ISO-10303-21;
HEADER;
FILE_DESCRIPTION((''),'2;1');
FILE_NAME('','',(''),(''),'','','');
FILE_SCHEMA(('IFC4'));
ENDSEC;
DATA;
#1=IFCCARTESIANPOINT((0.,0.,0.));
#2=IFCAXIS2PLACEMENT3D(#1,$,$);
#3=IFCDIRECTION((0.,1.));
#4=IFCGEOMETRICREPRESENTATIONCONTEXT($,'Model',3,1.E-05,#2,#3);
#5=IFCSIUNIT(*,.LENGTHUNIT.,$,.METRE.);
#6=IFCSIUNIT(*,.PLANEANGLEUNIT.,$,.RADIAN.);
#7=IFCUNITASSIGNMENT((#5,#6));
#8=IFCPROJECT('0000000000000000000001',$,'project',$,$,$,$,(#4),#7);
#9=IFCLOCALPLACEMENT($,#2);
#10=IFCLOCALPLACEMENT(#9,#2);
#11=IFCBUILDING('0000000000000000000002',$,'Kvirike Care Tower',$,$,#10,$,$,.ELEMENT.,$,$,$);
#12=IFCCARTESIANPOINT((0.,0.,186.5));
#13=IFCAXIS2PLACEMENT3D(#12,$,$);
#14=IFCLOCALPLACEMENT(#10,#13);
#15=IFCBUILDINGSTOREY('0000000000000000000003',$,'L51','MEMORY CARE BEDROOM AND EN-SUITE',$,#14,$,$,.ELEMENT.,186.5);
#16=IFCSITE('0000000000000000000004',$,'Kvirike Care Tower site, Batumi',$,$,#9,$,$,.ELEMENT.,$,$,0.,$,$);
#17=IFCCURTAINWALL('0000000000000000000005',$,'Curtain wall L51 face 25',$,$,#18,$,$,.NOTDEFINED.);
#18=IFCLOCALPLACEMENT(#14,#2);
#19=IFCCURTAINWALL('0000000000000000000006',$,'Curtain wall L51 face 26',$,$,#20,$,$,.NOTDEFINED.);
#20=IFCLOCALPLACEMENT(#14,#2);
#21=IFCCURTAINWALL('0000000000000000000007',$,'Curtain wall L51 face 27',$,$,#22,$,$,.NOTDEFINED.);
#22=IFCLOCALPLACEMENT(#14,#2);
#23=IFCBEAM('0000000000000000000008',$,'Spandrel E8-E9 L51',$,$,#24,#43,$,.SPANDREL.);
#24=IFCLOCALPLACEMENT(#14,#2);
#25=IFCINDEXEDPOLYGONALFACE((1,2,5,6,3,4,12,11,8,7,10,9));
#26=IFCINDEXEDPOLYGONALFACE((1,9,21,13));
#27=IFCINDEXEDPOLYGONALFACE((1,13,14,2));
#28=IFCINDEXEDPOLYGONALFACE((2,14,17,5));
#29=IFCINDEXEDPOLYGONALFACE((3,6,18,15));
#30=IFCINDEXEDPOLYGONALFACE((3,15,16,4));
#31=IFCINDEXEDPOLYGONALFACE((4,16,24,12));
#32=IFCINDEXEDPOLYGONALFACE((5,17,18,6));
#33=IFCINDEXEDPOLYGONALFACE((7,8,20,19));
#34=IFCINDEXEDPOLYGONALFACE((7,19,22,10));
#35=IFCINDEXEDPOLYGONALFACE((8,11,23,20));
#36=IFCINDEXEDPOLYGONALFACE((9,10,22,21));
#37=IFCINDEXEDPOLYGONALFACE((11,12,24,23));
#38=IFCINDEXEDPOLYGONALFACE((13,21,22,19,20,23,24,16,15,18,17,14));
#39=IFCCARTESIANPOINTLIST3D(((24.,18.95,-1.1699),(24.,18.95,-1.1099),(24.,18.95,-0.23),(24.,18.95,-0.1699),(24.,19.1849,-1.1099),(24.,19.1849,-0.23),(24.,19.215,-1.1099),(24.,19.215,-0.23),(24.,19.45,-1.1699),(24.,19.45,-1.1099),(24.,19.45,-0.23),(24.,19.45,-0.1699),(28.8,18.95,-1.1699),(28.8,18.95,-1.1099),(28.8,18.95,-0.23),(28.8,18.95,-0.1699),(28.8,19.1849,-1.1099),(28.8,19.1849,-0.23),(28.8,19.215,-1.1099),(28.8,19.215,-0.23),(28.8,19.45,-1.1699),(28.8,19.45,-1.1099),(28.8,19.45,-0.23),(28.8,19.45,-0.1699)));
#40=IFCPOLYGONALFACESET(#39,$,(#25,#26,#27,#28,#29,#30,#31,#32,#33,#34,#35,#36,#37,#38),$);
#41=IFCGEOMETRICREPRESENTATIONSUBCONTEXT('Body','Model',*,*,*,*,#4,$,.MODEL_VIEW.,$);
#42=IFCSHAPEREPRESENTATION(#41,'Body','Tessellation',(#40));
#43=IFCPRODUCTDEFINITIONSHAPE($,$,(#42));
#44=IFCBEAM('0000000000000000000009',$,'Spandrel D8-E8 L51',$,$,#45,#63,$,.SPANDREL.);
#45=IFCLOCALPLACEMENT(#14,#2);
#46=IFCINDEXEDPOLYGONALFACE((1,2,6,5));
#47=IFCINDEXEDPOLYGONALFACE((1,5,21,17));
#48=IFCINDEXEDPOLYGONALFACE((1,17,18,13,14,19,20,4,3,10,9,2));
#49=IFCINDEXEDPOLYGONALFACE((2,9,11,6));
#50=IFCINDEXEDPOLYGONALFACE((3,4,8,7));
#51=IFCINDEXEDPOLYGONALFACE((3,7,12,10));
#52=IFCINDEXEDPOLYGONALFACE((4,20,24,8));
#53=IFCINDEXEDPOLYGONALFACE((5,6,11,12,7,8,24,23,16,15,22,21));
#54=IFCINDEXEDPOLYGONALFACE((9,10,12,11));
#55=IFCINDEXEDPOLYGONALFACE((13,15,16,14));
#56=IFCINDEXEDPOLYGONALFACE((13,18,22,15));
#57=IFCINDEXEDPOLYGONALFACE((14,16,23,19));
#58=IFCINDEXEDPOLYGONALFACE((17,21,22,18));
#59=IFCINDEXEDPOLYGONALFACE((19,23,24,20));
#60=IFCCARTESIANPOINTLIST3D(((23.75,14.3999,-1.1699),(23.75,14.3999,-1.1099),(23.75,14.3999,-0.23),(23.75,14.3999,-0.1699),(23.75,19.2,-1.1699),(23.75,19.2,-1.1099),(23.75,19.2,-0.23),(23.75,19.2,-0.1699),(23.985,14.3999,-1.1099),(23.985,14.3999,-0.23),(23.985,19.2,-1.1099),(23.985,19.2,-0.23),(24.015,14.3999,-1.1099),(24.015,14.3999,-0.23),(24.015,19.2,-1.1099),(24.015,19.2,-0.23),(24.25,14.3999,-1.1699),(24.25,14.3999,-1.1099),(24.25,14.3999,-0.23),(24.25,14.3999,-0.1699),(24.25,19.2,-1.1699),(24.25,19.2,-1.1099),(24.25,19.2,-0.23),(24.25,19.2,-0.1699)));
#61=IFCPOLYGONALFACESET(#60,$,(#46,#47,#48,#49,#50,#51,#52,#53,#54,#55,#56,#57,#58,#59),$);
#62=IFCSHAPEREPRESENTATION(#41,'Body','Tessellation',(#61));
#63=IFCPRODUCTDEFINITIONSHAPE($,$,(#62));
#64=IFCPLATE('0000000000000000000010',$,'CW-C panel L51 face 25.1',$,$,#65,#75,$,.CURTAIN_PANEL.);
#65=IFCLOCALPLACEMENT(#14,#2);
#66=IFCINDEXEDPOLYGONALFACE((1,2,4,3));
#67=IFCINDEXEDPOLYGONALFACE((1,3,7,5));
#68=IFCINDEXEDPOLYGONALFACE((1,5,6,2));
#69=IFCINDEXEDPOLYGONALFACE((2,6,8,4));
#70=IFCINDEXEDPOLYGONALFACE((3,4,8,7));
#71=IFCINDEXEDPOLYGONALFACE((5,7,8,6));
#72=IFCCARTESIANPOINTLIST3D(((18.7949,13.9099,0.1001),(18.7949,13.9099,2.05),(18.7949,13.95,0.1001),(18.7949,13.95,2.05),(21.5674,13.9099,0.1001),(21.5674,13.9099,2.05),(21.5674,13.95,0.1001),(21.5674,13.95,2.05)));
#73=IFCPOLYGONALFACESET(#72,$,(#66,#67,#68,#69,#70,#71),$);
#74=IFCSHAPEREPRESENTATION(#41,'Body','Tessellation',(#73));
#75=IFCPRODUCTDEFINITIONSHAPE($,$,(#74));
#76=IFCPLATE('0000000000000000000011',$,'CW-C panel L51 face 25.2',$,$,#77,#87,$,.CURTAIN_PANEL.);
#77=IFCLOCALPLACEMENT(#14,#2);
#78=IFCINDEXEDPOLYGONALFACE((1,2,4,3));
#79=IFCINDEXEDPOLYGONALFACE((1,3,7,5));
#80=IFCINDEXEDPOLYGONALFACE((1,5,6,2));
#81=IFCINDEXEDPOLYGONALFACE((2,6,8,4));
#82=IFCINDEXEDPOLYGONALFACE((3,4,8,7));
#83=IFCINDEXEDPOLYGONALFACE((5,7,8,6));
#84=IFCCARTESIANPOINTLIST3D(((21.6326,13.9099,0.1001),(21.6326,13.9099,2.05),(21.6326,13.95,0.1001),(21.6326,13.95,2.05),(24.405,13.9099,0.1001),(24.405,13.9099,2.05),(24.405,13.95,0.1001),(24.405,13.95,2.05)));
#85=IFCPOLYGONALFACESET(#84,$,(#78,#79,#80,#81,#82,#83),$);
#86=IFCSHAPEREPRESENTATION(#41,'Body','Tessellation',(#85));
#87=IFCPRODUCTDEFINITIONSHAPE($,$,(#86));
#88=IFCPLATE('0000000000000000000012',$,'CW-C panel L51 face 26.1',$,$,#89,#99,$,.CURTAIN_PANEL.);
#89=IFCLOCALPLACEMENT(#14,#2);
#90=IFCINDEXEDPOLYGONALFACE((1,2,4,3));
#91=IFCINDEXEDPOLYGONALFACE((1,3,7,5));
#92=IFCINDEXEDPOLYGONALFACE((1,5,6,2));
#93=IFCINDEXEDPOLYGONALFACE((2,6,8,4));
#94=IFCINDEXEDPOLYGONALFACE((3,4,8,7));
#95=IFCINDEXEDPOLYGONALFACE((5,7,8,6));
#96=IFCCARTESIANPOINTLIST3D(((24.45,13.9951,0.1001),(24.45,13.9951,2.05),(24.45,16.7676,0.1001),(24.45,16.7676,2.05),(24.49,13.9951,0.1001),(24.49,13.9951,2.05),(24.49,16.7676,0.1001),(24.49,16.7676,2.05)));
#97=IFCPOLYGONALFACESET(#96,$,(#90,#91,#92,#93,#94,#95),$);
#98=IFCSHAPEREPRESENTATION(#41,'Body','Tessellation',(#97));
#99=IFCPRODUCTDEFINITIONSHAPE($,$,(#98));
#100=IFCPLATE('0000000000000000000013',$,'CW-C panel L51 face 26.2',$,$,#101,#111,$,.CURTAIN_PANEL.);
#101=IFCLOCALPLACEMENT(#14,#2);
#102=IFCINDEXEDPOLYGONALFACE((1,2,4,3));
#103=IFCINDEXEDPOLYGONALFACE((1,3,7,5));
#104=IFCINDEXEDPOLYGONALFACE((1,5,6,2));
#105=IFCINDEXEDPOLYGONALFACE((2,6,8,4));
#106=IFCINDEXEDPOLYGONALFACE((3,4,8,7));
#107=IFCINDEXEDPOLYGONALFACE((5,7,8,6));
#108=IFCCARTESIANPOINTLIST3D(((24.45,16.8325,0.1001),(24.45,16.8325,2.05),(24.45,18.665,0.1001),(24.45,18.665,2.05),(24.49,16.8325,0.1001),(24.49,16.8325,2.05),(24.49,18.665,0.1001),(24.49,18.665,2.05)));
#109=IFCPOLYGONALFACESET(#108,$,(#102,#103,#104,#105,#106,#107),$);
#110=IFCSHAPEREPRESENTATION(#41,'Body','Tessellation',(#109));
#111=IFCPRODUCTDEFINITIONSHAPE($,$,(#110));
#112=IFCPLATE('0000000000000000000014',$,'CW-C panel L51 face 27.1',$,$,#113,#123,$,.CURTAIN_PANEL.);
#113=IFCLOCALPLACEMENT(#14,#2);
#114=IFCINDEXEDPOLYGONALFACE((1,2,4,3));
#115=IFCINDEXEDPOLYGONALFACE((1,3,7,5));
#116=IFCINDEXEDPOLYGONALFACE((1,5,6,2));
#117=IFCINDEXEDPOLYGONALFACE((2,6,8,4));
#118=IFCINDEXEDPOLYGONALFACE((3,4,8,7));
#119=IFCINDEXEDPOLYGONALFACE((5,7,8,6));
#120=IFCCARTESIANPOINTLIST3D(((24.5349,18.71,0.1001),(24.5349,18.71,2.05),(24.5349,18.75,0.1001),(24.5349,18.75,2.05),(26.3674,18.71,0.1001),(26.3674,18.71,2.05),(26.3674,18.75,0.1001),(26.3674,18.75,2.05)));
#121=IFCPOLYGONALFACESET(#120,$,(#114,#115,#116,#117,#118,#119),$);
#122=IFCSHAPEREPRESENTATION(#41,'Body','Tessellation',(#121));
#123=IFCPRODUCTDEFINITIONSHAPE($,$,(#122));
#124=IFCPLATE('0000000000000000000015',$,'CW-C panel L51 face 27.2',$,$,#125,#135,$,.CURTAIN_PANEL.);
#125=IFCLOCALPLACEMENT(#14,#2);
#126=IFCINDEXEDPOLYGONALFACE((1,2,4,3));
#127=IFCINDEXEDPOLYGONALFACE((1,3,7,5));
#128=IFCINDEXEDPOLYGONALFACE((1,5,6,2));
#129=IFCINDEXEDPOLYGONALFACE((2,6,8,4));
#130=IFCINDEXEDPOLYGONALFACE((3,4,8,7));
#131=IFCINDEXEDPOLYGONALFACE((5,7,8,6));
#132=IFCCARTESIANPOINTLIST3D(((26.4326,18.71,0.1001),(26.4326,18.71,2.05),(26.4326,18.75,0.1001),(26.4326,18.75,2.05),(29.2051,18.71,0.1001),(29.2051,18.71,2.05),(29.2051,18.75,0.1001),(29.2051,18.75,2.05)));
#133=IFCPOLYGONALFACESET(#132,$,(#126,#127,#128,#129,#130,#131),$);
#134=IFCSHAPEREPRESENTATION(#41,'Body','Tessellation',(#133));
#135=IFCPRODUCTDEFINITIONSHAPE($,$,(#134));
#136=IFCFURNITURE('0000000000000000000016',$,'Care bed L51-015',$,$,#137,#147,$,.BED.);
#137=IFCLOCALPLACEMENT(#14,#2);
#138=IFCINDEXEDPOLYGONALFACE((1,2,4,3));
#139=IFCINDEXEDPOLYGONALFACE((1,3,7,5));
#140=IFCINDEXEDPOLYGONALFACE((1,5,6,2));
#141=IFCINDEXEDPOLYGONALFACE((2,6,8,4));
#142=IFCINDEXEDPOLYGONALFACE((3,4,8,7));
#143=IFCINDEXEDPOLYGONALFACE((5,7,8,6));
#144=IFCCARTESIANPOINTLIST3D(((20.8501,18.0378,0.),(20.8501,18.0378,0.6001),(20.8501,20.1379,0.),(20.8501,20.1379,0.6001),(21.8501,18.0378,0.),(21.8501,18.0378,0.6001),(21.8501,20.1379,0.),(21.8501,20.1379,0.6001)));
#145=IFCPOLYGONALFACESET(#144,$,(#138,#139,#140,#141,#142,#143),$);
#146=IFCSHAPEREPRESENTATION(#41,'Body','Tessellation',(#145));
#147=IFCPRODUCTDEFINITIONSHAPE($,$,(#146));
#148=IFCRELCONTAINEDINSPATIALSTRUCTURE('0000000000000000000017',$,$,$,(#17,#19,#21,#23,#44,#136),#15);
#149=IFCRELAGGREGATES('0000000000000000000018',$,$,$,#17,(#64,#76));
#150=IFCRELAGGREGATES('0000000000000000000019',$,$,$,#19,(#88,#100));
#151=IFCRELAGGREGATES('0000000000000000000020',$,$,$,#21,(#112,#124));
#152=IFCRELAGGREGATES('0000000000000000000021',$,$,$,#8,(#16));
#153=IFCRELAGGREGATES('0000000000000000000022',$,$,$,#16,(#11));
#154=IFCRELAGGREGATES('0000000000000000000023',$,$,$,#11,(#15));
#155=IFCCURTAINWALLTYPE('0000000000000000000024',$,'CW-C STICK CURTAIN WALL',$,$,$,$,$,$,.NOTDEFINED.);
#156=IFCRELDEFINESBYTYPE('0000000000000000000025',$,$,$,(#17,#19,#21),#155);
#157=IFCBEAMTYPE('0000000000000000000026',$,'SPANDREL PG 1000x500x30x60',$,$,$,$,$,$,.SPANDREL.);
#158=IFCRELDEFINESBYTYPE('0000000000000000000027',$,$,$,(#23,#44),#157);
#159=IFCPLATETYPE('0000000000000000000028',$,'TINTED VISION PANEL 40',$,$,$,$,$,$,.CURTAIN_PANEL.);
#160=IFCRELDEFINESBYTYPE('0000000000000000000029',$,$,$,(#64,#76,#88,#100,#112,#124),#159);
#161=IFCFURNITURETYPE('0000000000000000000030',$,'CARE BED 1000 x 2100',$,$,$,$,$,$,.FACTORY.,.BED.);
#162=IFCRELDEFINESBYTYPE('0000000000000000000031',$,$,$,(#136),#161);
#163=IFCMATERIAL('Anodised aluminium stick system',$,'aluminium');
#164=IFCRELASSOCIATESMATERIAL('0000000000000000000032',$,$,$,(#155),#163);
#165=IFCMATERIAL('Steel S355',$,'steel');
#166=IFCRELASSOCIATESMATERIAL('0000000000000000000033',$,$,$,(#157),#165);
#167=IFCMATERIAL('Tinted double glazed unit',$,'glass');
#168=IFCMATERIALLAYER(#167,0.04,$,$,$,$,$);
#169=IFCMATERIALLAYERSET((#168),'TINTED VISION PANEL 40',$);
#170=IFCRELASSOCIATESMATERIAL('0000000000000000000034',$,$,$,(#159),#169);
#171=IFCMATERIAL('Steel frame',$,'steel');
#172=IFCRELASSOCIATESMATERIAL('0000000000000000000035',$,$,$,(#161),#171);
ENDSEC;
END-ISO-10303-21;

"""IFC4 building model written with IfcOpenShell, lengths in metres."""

from ifc_helpers import new_model, si_unit, direction, frame, origin, origin_2d, place, context, subcontext, project, spatial, rectangle, i_section, extrude, material, layer, layer_set, material_profile, profile_set, type_object, element, aggregate, save


model = new_model("IFC4")

# Units and contexts
model_context = context("Model", 3, precision=1e-05, world=origin(), true_north=direction((0.0, 1.0)))
body_context = subcontext(model_context, "Body", "Model", "MODEL_VIEW")
ifc_project = project(units=[si_unit("LENGTHUNIT", "METRE"), si_unit("PLANEANGLEUNIT", "RADIAN")], contexts=[model_context])

# Site, building, storey
site_placement = place(None, origin())
site = spatial("IfcSite", under=ifc_project, at=site_placement, Name="Kvirike Care Tower site, Batumi", CompositionType="ELEMENT", RefElevation=0.0)
building_placement = place(site_placement, origin())
building = spatial("IfcBuilding", under=site, at=building_placement, Name="Kvirike Care Tower", CompositionType="ELEMENT")
storey_placement = place(building_placement, frame((0.0, 0.0, 186.5)))
storey = spatial("IfcBuildingStorey", under=building, at=storey_placement, Name="L51", Description="MEMORY CARE BEDROOM AND EN-SUITE", CompositionType="ELEMENT", Elevation=186.5)

# Curtain walls
ifc_material_1 = material(Name="Anodised aluminium stick system", Category="aluminium")
curtain_wall_type = type_object("IfcCurtainWallType", Name="CW-C STICK CURTAIN WALL", PredefinedType="NOTDEFINED", material=ifc_material_1)
curtain_wall_1_placement = place(storey_placement, origin())
curtain_wall_1 = element("IfcCurtainWall", 1, at=curtain_wall_1_placement, inside=storey, type_object=curtain_wall_type, Name="Curtain wall L51 face 25", PredefinedType="NOTDEFINED")
curtain_wall_2_placement = place(storey_placement, origin())
curtain_wall_2 = element("IfcCurtainWall", 2, at=curtain_wall_2_placement, inside=storey, type_object=curtain_wall_type, Name="Curtain wall L51 face 26", PredefinedType="NOTDEFINED")
curtain_wall_3_placement = place(storey_placement, origin())
curtain_wall_3 = element("IfcCurtainWall", 3, at=curtain_wall_3_placement, inside=storey, type_object=curtain_wall_type, Name="Curtain wall L51 face 27", PredefinedType="NOTDEFINED")

# Beams
ifc_material_2 = material(Name="Steel S355", Category="steel")
ifc_material_profile_1 = material_profile(ifc_material_2, i_section(OverallWidth=0.5, OverallDepth=1.0, WebThickness=0.03, FlangeThickness=0.0601, at=origin_2d()), Name="PG 1000x500x30x60")
ifc_profile_set_1 = profile_set([ifc_material_profile_1], Name="Steel S355")
beam_type_1 = type_object("IfcBeamType", Name="SPANDREL PG 1000x500x30x60", PredefinedType="SPANDREL", material=ifc_profile_set_1)
for number, where, z_axis, x_axis, name in (
    (4, (24.0, 19.2, -0.6699), (1.0, 0.0, 0.0), (0.0, 1.0, 0.0), "Spandrel E8-E9 L51"),
    (5, (24.0, 14.3999, -0.6699), (0.0, 1.0, 0.0), (-1.0, 0.0, 0.0), "Spandrel D8-E8 L51"),
):
    element("IfcBeam", number, at=place(storey_placement, frame(where, z_axis=z_axis, x_axis=x_axis)), inside=storey, type_object=beam_type_1, Name=name, PredefinedType="SPANDREL", context=body_context, shape_type="SweptSolid", body=[
        extrude(i_section(OverallWidth=0.5, OverallDepth=1.0, WebThickness=0.03, FlangeThickness=0.0601, at=origin_2d()), origin(), (0.0, 0.0, 1.0), 4.8),
    ])

# Plates
ifc_material_3 = material(Name="Tinted double glazed unit", Category="glass")
ifc_layer = layer(ifc_material_3, 0.04)
ifc_layer_set = layer_set([ifc_layer], Name="TINTED VISION PANEL 40")
plate_type = type_object("IfcPlateType", Name="TINTED VISION PANEL 40", PredefinedType="CURTAIN_PANEL", material=ifc_layer_set)
plate_1_placement = place(storey_placement, frame((20.1812, 13.9299, 0.1001), z_axis=(0.0, 0.0, 1.0), x_axis=(1.0, 0.0, 0.0)))
plate_1 = element("IfcPlate", 6, at=plate_1_placement, type_object=plate_type, Name="CW-C panel L51 face 25.1", PredefinedType="CURTAIN_PANEL", context=body_context, shape_type="SweptSolid", body=[
    extrude(rectangle(XDim=2.7725, YDim=0.04, at=origin_2d()), origin(), (0.0, 0.0, 1.0), 1.95),
])
plate_2_placement = place(storey_placement, frame((23.0188, 13.9299, 0.1001), z_axis=(0.0, 0.0, 1.0), x_axis=(1.0, 0.0, 0.0)))
plate_2 = element("IfcPlate", 7, at=plate_2_placement, type_object=plate_type, Name="CW-C panel L51 face 25.2", PredefinedType="CURTAIN_PANEL", context=body_context, shape_type="SweptSolid", body=[
    extrude(rectangle(XDim=2.7725, YDim=0.04, at=origin_2d()), origin(), (0.0, 0.0, 1.0), 1.95),
])
aggregate(curtain_wall_1, [plate_1, plate_2])
plate_3_placement = place(storey_placement, frame((24.47, 15.3813, 0.1001), z_axis=(0.0, 0.0, 1.0), x_axis=(0.0, 1.0, 0.0)))
plate_3 = element("IfcPlate", 8, at=plate_3_placement, type_object=plate_type, Name="CW-C panel L51 face 26.1", PredefinedType="CURTAIN_PANEL", context=body_context, shape_type="SweptSolid", body=[
    extrude(rectangle(XDim=2.7725, YDim=0.04, at=origin_2d()), origin(), (0.0, 0.0, 1.0), 1.95),
])
plate_4_placement = place(storey_placement, frame((24.47, 17.7488, 0.1001), z_axis=(0.0, 0.0, 1.0), x_axis=(0.0, 1.0, 0.0)))
plate_4 = element("IfcPlate", 9, at=plate_4_placement, type_object=plate_type, Name="CW-C panel L51 face 26.2", PredefinedType="CURTAIN_PANEL", context=body_context, shape_type="SweptSolid", body=[
    extrude(rectangle(XDim=1.8325, YDim=0.04, at=origin_2d()), origin(), (0.0, 0.0, 1.0), 1.95),
])
aggregate(curtain_wall_2, [plate_3, plate_4])
plate_5_placement = place(storey_placement, frame((25.4512, 18.73, 0.1001), z_axis=(0.0, 0.0, 1.0), x_axis=(1.0, 0.0, 0.0)))
plate_5 = element("IfcPlate", 10, at=plate_5_placement, type_object=plate_type, Name="CW-C panel L51 face 27.1", PredefinedType="CURTAIN_PANEL", context=body_context, shape_type="SweptSolid", body=[
    extrude(rectangle(XDim=1.8325, YDim=0.04, at=origin_2d()), origin(), (0.0, 0.0, 1.0), 1.95),
])
plate_6_placement = place(storey_placement, frame((27.8188, 18.73, 0.1001), z_axis=(0.0, 0.0, 1.0), x_axis=(1.0, 0.0, 0.0)))
plate_6 = element("IfcPlate", 11, at=plate_6_placement, type_object=plate_type, Name="CW-C panel L51 face 27.2", PredefinedType="CURTAIN_PANEL", context=body_context, shape_type="SweptSolid", body=[
    extrude(rectangle(XDim=2.7725, YDim=0.04, at=origin_2d()), origin(), (0.0, 0.0, 1.0), 1.95),
])
aggregate(curtain_wall_3, [plate_5, plate_6])

# Furniture
ifc_material_4 = material(Name="Steel frame", Category="steel")
furniture_type = type_object("IfcFurnitureType", Name="CARE BED 1000 x 2100", AssemblyPlace="FACTORY", PredefinedType="BED", material=ifc_material_4)
furniture_placement = place(storey_placement, frame((21.3501, 19.0879, 0.0), z_axis=(0.0, 0.0, 1.0), x_axis=(1.0, 0.0, 0.0)))
element("IfcFurniture", 12, at=furniture_placement, inside=storey, type_object=furniture_type, Name="Care bed L51-015", PredefinedType="BED", context=body_context, shape_type="SweptSolid", body=[
    extrude(rectangle(XDim=1.0, YDim=2.1001, at=origin_2d()), origin(), (0.0, 0.0, 1.0), 0.6001),
])

save(model, "model.ifc")
